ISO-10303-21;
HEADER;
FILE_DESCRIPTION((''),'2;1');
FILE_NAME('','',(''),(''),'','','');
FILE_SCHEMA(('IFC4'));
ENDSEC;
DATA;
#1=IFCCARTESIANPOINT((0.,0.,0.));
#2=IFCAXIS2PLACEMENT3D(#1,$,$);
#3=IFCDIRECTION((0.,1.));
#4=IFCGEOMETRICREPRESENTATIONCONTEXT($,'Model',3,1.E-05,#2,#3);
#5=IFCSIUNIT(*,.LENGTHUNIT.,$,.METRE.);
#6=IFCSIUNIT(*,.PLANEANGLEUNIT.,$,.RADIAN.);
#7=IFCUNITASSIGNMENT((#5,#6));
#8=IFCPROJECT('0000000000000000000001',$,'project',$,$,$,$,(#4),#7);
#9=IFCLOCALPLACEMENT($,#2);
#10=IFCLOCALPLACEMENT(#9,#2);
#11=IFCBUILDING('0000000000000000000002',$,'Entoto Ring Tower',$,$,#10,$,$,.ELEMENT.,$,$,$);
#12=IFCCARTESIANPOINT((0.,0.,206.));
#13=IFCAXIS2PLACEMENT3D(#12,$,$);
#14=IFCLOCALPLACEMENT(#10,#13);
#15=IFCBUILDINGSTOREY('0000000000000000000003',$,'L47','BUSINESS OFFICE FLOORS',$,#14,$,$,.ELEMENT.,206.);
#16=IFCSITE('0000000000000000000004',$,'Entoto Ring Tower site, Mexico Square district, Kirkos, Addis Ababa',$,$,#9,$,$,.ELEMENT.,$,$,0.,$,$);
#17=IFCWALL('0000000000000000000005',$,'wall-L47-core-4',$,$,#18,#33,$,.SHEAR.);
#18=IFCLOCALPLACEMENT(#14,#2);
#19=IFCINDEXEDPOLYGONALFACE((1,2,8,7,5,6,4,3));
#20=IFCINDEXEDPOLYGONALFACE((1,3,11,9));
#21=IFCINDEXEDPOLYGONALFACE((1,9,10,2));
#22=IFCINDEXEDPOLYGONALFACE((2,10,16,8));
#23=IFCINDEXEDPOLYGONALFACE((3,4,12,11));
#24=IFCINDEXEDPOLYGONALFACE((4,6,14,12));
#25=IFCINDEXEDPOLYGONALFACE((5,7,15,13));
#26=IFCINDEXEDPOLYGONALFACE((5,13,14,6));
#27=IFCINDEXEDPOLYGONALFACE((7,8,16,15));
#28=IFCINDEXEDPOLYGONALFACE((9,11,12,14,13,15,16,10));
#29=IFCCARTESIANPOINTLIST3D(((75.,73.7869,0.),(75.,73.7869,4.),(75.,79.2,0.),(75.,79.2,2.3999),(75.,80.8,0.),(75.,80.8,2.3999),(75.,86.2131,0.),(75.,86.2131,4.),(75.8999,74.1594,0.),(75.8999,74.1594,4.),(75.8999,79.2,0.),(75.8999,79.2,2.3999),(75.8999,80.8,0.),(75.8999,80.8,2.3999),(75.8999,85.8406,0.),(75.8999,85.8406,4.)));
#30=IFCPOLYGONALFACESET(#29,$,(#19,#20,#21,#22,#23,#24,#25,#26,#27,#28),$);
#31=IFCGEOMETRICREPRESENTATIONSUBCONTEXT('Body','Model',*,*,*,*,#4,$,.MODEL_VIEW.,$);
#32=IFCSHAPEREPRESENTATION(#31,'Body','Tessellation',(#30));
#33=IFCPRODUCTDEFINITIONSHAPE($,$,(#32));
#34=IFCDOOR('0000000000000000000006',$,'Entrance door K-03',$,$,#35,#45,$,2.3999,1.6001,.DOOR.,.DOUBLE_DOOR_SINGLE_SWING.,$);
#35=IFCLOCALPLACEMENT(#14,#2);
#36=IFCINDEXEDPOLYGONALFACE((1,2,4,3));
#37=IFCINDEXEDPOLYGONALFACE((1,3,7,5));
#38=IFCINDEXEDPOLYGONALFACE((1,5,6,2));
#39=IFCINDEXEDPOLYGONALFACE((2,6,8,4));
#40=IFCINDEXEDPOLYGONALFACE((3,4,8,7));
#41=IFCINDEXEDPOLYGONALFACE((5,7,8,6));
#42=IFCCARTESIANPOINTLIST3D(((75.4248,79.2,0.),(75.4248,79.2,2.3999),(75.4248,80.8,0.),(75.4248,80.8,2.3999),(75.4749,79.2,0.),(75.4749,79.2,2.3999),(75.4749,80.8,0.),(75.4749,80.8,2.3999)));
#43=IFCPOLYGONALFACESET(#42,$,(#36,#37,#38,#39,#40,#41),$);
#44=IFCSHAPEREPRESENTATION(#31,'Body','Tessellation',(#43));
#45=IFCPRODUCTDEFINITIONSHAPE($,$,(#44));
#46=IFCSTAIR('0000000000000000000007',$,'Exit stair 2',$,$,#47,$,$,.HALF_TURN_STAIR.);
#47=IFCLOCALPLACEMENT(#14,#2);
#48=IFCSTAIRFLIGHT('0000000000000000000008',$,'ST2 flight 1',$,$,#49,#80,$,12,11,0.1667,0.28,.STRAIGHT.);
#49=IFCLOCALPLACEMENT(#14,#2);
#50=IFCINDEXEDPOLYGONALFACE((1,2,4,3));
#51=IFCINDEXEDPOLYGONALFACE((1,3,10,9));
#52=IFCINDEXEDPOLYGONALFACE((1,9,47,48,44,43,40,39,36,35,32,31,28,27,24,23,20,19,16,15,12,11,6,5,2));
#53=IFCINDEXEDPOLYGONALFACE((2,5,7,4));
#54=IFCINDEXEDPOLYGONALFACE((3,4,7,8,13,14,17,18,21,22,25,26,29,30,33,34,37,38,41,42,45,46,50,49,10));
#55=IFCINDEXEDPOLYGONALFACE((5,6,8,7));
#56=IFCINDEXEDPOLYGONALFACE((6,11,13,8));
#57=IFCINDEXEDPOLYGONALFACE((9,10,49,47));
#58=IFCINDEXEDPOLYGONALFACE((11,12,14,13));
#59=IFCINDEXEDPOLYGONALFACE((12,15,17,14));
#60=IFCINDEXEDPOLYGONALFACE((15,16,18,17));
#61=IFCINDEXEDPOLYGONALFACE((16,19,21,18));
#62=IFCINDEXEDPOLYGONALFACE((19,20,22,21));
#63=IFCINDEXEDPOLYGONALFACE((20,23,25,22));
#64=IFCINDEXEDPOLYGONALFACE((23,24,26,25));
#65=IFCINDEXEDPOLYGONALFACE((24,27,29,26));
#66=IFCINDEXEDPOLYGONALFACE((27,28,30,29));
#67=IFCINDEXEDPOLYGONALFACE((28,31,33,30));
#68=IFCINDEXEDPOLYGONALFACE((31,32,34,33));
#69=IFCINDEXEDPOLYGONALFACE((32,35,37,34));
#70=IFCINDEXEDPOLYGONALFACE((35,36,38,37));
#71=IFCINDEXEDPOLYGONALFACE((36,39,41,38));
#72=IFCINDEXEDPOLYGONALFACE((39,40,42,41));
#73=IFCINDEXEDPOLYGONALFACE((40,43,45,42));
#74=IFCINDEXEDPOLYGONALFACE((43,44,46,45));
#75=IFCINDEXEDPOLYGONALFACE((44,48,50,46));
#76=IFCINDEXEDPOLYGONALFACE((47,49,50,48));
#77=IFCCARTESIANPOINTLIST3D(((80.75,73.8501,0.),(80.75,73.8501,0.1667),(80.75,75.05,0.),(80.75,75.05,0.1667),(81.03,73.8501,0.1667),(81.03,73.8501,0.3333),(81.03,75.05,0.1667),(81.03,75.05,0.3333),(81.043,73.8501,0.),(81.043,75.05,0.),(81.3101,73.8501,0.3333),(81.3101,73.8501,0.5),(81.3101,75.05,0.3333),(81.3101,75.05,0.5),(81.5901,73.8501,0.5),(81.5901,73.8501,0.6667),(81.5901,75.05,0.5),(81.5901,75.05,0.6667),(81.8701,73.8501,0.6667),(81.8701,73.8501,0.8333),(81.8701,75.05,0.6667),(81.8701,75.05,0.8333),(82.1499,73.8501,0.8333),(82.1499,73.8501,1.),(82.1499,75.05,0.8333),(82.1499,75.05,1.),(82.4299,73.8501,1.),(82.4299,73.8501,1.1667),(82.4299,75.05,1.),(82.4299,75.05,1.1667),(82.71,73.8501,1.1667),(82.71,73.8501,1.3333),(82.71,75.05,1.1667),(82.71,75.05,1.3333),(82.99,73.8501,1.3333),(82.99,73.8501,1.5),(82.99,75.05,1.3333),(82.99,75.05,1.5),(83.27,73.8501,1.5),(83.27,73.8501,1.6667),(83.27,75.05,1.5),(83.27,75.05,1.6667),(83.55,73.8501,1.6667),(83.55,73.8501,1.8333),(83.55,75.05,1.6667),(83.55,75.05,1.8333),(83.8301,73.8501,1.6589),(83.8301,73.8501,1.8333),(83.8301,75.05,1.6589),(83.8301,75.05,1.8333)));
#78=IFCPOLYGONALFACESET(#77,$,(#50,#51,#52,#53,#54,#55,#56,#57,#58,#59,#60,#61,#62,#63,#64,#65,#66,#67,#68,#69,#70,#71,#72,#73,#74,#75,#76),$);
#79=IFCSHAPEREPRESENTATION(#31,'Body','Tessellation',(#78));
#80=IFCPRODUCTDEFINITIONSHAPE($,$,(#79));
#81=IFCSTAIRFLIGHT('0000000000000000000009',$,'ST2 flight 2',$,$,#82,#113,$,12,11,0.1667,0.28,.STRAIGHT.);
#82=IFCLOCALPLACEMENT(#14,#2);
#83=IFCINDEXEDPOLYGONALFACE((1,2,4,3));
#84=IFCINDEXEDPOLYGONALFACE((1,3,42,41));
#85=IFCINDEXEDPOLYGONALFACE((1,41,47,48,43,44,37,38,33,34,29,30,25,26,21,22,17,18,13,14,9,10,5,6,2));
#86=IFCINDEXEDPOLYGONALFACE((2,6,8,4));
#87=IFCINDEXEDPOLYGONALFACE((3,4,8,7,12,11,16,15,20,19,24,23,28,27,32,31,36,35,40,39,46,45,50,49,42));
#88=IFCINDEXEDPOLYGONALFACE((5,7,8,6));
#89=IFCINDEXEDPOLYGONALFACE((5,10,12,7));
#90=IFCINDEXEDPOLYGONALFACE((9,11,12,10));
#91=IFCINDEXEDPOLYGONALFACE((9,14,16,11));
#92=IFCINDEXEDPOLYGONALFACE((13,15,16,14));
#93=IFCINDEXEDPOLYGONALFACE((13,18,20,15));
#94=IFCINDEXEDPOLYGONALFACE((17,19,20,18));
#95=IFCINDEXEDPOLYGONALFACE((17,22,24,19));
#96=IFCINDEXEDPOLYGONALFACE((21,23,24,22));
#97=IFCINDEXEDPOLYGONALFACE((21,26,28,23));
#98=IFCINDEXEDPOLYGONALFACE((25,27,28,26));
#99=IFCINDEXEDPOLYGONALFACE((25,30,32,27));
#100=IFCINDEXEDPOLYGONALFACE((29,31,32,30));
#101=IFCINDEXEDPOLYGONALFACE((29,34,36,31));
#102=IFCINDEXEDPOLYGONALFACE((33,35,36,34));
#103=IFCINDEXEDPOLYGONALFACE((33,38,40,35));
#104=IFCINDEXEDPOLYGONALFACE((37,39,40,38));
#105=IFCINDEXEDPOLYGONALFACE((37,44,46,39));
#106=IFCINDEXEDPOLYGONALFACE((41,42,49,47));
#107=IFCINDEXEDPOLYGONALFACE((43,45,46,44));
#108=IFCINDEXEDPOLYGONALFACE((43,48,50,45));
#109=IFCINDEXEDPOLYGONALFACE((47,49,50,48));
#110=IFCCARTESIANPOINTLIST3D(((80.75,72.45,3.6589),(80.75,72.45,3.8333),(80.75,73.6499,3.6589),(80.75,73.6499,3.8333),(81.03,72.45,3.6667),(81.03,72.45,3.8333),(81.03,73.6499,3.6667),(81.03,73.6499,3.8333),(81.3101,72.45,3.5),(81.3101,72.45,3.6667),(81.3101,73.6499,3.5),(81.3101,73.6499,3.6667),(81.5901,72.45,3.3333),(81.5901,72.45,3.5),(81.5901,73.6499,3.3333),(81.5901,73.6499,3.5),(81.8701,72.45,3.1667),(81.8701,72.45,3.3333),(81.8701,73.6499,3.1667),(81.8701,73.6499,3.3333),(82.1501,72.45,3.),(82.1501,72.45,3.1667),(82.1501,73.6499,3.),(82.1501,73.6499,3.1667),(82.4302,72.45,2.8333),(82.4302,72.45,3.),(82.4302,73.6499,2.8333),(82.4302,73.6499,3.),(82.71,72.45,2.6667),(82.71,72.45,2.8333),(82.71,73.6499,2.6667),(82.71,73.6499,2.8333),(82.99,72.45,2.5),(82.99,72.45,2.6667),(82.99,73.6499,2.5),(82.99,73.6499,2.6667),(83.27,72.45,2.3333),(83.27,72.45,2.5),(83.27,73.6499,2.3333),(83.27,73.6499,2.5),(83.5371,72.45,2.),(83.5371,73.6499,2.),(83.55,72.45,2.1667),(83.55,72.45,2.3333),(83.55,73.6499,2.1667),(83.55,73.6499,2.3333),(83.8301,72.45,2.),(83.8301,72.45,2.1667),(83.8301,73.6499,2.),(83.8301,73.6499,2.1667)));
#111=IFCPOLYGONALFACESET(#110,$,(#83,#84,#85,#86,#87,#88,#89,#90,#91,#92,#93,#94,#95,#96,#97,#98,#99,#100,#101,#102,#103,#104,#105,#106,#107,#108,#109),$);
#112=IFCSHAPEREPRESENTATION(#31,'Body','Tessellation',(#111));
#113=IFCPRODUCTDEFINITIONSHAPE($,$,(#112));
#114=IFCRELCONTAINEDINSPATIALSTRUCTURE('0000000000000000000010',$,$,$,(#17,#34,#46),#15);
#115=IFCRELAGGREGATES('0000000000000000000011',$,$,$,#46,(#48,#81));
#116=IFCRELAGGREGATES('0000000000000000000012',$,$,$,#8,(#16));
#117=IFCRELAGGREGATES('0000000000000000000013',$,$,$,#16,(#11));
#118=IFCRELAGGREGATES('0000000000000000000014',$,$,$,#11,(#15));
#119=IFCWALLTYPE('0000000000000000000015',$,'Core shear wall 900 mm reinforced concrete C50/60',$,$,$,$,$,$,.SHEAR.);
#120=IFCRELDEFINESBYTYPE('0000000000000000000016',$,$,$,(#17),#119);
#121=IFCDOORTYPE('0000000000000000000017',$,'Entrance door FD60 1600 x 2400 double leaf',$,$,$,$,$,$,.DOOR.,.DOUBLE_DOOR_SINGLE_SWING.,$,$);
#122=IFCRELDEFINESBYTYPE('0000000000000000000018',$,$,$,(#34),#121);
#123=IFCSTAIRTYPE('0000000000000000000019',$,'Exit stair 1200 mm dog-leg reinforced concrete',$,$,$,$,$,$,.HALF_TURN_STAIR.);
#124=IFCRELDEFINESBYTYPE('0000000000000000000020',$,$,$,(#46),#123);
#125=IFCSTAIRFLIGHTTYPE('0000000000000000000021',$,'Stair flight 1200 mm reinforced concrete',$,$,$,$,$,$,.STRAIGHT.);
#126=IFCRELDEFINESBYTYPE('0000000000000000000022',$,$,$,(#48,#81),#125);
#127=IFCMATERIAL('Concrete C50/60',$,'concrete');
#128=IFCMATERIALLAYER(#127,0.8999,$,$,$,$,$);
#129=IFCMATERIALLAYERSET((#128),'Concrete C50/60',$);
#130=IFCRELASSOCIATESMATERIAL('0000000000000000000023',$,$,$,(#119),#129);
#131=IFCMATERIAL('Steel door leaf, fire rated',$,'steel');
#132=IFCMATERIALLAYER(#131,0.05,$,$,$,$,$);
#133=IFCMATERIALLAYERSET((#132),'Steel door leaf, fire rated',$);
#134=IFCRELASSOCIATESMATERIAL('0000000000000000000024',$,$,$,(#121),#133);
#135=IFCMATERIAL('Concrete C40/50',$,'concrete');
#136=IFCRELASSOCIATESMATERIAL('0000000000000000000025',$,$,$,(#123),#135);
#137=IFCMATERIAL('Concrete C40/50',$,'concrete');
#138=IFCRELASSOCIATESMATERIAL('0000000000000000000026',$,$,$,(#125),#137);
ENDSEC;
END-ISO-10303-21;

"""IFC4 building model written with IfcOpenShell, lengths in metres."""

from ifc_helpers import new_model, si_unit, direction, frame, frame_2d, origin, place, context, subcontext, project, spatial, polyline, rectangle, outline, extrude, material, layer, layer_set, type_object, element, fill, aggregate, save


model = new_model("IFC4")

# Units and contexts
model_context = context("Model", 3, precision=1e-05, world=origin(), true_north=direction((0.0, 1.0)))
body_context = subcontext(model_context, "Body", "Model", "MODEL_VIEW")
ifc_project = project(units=[si_unit("LENGTHUNIT", "METRE"), si_unit("PLANEANGLEUNIT", "RADIAN")], contexts=[model_context])

# Site, building, storey
site_placement = place(None, origin())
site = spatial("IfcSite", under=ifc_project, at=site_placement, Name="Entoto Ring Tower site, Mexico Square district, Kirkos, Addis Ababa", CompositionType="ELEMENT", RefElevation=0.0)
building_placement = place(site_placement, origin())
building = spatial("IfcBuilding", under=site, at=building_placement, Name="Entoto Ring Tower", CompositionType="ELEMENT")
storey_placement = place(building_placement, frame((0.0, 0.0, 206.0)))
storey = spatial("IfcBuildingStorey", under=building, at=storey_placement, Name="L47", Description="BUSINESS OFFICE FLOORS", CompositionType="ELEMENT", Elevation=206.0)

# Wall, opening, door
ifc_material_1 = material(Name="Concrete C50/60", Category="concrete")
ifc_layer_1 = layer(ifc_material_1, 0.8999)
ifc_layer_set_1 = layer_set([ifc_layer_1], Name="Concrete C50/60")
wall_type_1 = type_object("IfcWallType", Name="Core shear wall 900 mm reinforced concrete C50/60", PredefinedType="SHEAR", material=ifc_layer_set_1)
wall_1_placement = place(storey_placement, frame((75.45, 86.0269, 0.0), z_axis=(0.0, 0.0, 1.0), x_axis=(0.0, -1.0, 0.0)))
wall_1 = element("IfcWall", 1, at=wall_1_placement, inside=storey, type_object=wall_type_1, Name="wall-L47-core-4", PredefinedType="SHEAR", context=body_context, shape_type="SweptSolid", body=[
    extrude(outline(polyline([(-0.1863, -0.45), (12.24, -0.45), (11.8674, 0.45), (0.1863, 0.45), (-0.1863, -0.45)])), origin(), (0.0, 0.0, 1.0), 4.0),
])
opening_1_placement = place(wall_1_placement, frame((5.2268, 0.0, 0.0)))
opening_1 = element("IfcOpeningElement", 2, at=opening_1_placement, cuts=wall_1, PredefinedType="OPENING", context=body_context, shape_type="SweptSolid", body=[
    extrude(rectangle(XDim=1.6001, YDim=2.3999, at=frame_2d((0.8, 1.2))), frame((0.0, 0.46, 0.0), z_axis=(0.0, -1.0, 0.0), x_axis=(1.0, 0.0, 0.0)), (0.0, 0.0, 1.0), 0.9199),
])
ifc_material_2 = material(Name="Steel door leaf, fire rated", Category="steel")
ifc_layer_2 = layer(ifc_material_2, 0.05)
ifc_layer_set_2 = layer_set([ifc_layer_2], Name="Steel door leaf, fire rated")
door_type_1 = type_object("IfcDoorType", Name="Entrance door FD60 1600 x 2400 double leaf", OperationType="DOUBLE_DOOR_SINGLE_SWING", PredefinedType="DOOR", material=ifc_layer_set_2)
door_1_placement = place(opening_1_placement, origin())
door_1 = element("IfcDoor", 3, at=door_1_placement, inside=storey, type_object=door_type_1, Name="Entrance door K-03", OperationType="DOUBLE_DOOR_SINGLE_SWING", OverallHeight=2.3999, OverallWidth=1.6001, PredefinedType="DOOR", context=body_context, shape_type="SweptSolid", body=[
    extrude(rectangle(XDim=1.6001, YDim=2.3999, at=frame_2d((0.8, 1.2))), frame((0.0, 0.0249, 0.0), z_axis=(0.0, -1.0, 0.0), x_axis=(1.0, 0.0, 0.0)), (0.0, 0.0, 1.0), 0.05),
])
fill(opening_1, door_1)

# Stair, stair flights
ifc_material_3 = material(Name="Concrete C40/50", Category="concrete")
stair_type = type_object("IfcStairType", Name="Exit stair 1200 mm dog-leg reinforced concrete", PredefinedType="HALF_TURN_STAIR", material=ifc_material_3)
stair_placement = place(storey_placement, origin())
stair = element("IfcStair", 4, at=stair_placement, inside=storey, type_object=stair_type, Name="Exit stair 2", PredefinedType="HALF_TURN_STAIR")
ifc_material_4 = material(Name="Concrete C40/50", Category="concrete")
stair_flight_type = type_object("IfcStairFlightType", Name="Stair flight 1200 mm reinforced concrete", PredefinedType="STRAIGHT", material=ifc_material_4)
stair_flight_1_placement = place(storey_placement, frame((80.75, 74.45, 0.0), z_axis=(0.0, 0.0, 1.0), x_axis=(1.0, 0.0, 0.0)))
stair_flight_1 = element("IfcStairFlight", 5, at=stair_flight_1_placement, type_object=stair_flight_type, Name="ST2 flight 1", NumberOfRisers=12, NumberOfTreads=11, PredefinedType="STRAIGHT", RiserHeight=0.1667, TreadLength=0.28, context=body_context, shape_type="SweptSolid", body=[
    extrude(outline(polyline([(0.0, 0.0), (0.0, 0.1667), (0.28, 0.1667), (0.28, 0.3333), (0.5601, 0.3333), (0.5601, 0.5), (0.8401, 0.5), (0.8401, 0.6667), (1.1201, 0.6667), (1.1201, 0.8333), (1.3999, 0.8333), (1.3999, 1.0), (1.6799, 1.0), (1.6799, 1.1667), (1.96, 1.1667), (1.96, 1.3333), (2.24, 1.3333), (2.24, 1.5), (2.52, 1.5), (2.52, 1.6667), (2.8, 1.6667), (2.8, 1.8333), (3.0801, 1.8333), (3.0801, 2.0), (3.0801, 1.6589), (0.293, 0.0), (0.0, 0.0)])), frame((0.0, 0.6001, 0.0), z_axis=(0.0, -1.0, 0.0), x_axis=(1.0, 0.0, 0.0)), (0.0, 0.0, 1.0), 1.2),
])
stair_flight_2_placement = place(storey_placement, frame((83.8301, 73.05, 2.0), z_axis=(0.0, 0.0, 1.0), x_axis=(-1.0, 0.0, 0.0)))
stair_flight_2 = element("IfcStairFlight", 6, at=stair_flight_2_placement, type_object=stair_flight_type, Name="ST2 flight 2", NumberOfRisers=12, NumberOfTreads=11, PredefinedType="STRAIGHT", RiserHeight=0.1667, TreadLength=0.28, context=body_context, shape_type="SweptSolid", body=[
    extrude(outline(polyline([(0.0, 0.0), (0.0, 0.1667), (0.28, 0.1667), (0.28, 0.3333), (0.5601, 0.3333), (0.5601, 0.5), (0.8401, 0.5), (0.8401, 0.6667), (1.1201, 0.6667), (1.1201, 0.8333), (1.3999, 0.8333), (1.3999, 1.0), (1.6799, 1.0), (1.6799, 1.1667), (1.96, 1.1667), (1.96, 1.3333), (2.24, 1.3333), (2.24, 1.5), (2.52, 1.5), (2.52, 1.6667), (2.8, 1.6667), (2.8, 1.8333), (3.0801, 1.8333), (3.0801, 2.0), (3.0801, 1.6589), (0.293, 0.0), (0.0, 0.0)])), frame((0.0, 0.6001, 0.0), z_axis=(0.0, -1.0, 0.0), x_axis=(1.0, 0.0, 0.0)), (0.0, 0.0, 1.0), 1.2),
])
aggregate(stair, [stair_flight_1, stair_flight_2])

save(model, "model.ifc")
